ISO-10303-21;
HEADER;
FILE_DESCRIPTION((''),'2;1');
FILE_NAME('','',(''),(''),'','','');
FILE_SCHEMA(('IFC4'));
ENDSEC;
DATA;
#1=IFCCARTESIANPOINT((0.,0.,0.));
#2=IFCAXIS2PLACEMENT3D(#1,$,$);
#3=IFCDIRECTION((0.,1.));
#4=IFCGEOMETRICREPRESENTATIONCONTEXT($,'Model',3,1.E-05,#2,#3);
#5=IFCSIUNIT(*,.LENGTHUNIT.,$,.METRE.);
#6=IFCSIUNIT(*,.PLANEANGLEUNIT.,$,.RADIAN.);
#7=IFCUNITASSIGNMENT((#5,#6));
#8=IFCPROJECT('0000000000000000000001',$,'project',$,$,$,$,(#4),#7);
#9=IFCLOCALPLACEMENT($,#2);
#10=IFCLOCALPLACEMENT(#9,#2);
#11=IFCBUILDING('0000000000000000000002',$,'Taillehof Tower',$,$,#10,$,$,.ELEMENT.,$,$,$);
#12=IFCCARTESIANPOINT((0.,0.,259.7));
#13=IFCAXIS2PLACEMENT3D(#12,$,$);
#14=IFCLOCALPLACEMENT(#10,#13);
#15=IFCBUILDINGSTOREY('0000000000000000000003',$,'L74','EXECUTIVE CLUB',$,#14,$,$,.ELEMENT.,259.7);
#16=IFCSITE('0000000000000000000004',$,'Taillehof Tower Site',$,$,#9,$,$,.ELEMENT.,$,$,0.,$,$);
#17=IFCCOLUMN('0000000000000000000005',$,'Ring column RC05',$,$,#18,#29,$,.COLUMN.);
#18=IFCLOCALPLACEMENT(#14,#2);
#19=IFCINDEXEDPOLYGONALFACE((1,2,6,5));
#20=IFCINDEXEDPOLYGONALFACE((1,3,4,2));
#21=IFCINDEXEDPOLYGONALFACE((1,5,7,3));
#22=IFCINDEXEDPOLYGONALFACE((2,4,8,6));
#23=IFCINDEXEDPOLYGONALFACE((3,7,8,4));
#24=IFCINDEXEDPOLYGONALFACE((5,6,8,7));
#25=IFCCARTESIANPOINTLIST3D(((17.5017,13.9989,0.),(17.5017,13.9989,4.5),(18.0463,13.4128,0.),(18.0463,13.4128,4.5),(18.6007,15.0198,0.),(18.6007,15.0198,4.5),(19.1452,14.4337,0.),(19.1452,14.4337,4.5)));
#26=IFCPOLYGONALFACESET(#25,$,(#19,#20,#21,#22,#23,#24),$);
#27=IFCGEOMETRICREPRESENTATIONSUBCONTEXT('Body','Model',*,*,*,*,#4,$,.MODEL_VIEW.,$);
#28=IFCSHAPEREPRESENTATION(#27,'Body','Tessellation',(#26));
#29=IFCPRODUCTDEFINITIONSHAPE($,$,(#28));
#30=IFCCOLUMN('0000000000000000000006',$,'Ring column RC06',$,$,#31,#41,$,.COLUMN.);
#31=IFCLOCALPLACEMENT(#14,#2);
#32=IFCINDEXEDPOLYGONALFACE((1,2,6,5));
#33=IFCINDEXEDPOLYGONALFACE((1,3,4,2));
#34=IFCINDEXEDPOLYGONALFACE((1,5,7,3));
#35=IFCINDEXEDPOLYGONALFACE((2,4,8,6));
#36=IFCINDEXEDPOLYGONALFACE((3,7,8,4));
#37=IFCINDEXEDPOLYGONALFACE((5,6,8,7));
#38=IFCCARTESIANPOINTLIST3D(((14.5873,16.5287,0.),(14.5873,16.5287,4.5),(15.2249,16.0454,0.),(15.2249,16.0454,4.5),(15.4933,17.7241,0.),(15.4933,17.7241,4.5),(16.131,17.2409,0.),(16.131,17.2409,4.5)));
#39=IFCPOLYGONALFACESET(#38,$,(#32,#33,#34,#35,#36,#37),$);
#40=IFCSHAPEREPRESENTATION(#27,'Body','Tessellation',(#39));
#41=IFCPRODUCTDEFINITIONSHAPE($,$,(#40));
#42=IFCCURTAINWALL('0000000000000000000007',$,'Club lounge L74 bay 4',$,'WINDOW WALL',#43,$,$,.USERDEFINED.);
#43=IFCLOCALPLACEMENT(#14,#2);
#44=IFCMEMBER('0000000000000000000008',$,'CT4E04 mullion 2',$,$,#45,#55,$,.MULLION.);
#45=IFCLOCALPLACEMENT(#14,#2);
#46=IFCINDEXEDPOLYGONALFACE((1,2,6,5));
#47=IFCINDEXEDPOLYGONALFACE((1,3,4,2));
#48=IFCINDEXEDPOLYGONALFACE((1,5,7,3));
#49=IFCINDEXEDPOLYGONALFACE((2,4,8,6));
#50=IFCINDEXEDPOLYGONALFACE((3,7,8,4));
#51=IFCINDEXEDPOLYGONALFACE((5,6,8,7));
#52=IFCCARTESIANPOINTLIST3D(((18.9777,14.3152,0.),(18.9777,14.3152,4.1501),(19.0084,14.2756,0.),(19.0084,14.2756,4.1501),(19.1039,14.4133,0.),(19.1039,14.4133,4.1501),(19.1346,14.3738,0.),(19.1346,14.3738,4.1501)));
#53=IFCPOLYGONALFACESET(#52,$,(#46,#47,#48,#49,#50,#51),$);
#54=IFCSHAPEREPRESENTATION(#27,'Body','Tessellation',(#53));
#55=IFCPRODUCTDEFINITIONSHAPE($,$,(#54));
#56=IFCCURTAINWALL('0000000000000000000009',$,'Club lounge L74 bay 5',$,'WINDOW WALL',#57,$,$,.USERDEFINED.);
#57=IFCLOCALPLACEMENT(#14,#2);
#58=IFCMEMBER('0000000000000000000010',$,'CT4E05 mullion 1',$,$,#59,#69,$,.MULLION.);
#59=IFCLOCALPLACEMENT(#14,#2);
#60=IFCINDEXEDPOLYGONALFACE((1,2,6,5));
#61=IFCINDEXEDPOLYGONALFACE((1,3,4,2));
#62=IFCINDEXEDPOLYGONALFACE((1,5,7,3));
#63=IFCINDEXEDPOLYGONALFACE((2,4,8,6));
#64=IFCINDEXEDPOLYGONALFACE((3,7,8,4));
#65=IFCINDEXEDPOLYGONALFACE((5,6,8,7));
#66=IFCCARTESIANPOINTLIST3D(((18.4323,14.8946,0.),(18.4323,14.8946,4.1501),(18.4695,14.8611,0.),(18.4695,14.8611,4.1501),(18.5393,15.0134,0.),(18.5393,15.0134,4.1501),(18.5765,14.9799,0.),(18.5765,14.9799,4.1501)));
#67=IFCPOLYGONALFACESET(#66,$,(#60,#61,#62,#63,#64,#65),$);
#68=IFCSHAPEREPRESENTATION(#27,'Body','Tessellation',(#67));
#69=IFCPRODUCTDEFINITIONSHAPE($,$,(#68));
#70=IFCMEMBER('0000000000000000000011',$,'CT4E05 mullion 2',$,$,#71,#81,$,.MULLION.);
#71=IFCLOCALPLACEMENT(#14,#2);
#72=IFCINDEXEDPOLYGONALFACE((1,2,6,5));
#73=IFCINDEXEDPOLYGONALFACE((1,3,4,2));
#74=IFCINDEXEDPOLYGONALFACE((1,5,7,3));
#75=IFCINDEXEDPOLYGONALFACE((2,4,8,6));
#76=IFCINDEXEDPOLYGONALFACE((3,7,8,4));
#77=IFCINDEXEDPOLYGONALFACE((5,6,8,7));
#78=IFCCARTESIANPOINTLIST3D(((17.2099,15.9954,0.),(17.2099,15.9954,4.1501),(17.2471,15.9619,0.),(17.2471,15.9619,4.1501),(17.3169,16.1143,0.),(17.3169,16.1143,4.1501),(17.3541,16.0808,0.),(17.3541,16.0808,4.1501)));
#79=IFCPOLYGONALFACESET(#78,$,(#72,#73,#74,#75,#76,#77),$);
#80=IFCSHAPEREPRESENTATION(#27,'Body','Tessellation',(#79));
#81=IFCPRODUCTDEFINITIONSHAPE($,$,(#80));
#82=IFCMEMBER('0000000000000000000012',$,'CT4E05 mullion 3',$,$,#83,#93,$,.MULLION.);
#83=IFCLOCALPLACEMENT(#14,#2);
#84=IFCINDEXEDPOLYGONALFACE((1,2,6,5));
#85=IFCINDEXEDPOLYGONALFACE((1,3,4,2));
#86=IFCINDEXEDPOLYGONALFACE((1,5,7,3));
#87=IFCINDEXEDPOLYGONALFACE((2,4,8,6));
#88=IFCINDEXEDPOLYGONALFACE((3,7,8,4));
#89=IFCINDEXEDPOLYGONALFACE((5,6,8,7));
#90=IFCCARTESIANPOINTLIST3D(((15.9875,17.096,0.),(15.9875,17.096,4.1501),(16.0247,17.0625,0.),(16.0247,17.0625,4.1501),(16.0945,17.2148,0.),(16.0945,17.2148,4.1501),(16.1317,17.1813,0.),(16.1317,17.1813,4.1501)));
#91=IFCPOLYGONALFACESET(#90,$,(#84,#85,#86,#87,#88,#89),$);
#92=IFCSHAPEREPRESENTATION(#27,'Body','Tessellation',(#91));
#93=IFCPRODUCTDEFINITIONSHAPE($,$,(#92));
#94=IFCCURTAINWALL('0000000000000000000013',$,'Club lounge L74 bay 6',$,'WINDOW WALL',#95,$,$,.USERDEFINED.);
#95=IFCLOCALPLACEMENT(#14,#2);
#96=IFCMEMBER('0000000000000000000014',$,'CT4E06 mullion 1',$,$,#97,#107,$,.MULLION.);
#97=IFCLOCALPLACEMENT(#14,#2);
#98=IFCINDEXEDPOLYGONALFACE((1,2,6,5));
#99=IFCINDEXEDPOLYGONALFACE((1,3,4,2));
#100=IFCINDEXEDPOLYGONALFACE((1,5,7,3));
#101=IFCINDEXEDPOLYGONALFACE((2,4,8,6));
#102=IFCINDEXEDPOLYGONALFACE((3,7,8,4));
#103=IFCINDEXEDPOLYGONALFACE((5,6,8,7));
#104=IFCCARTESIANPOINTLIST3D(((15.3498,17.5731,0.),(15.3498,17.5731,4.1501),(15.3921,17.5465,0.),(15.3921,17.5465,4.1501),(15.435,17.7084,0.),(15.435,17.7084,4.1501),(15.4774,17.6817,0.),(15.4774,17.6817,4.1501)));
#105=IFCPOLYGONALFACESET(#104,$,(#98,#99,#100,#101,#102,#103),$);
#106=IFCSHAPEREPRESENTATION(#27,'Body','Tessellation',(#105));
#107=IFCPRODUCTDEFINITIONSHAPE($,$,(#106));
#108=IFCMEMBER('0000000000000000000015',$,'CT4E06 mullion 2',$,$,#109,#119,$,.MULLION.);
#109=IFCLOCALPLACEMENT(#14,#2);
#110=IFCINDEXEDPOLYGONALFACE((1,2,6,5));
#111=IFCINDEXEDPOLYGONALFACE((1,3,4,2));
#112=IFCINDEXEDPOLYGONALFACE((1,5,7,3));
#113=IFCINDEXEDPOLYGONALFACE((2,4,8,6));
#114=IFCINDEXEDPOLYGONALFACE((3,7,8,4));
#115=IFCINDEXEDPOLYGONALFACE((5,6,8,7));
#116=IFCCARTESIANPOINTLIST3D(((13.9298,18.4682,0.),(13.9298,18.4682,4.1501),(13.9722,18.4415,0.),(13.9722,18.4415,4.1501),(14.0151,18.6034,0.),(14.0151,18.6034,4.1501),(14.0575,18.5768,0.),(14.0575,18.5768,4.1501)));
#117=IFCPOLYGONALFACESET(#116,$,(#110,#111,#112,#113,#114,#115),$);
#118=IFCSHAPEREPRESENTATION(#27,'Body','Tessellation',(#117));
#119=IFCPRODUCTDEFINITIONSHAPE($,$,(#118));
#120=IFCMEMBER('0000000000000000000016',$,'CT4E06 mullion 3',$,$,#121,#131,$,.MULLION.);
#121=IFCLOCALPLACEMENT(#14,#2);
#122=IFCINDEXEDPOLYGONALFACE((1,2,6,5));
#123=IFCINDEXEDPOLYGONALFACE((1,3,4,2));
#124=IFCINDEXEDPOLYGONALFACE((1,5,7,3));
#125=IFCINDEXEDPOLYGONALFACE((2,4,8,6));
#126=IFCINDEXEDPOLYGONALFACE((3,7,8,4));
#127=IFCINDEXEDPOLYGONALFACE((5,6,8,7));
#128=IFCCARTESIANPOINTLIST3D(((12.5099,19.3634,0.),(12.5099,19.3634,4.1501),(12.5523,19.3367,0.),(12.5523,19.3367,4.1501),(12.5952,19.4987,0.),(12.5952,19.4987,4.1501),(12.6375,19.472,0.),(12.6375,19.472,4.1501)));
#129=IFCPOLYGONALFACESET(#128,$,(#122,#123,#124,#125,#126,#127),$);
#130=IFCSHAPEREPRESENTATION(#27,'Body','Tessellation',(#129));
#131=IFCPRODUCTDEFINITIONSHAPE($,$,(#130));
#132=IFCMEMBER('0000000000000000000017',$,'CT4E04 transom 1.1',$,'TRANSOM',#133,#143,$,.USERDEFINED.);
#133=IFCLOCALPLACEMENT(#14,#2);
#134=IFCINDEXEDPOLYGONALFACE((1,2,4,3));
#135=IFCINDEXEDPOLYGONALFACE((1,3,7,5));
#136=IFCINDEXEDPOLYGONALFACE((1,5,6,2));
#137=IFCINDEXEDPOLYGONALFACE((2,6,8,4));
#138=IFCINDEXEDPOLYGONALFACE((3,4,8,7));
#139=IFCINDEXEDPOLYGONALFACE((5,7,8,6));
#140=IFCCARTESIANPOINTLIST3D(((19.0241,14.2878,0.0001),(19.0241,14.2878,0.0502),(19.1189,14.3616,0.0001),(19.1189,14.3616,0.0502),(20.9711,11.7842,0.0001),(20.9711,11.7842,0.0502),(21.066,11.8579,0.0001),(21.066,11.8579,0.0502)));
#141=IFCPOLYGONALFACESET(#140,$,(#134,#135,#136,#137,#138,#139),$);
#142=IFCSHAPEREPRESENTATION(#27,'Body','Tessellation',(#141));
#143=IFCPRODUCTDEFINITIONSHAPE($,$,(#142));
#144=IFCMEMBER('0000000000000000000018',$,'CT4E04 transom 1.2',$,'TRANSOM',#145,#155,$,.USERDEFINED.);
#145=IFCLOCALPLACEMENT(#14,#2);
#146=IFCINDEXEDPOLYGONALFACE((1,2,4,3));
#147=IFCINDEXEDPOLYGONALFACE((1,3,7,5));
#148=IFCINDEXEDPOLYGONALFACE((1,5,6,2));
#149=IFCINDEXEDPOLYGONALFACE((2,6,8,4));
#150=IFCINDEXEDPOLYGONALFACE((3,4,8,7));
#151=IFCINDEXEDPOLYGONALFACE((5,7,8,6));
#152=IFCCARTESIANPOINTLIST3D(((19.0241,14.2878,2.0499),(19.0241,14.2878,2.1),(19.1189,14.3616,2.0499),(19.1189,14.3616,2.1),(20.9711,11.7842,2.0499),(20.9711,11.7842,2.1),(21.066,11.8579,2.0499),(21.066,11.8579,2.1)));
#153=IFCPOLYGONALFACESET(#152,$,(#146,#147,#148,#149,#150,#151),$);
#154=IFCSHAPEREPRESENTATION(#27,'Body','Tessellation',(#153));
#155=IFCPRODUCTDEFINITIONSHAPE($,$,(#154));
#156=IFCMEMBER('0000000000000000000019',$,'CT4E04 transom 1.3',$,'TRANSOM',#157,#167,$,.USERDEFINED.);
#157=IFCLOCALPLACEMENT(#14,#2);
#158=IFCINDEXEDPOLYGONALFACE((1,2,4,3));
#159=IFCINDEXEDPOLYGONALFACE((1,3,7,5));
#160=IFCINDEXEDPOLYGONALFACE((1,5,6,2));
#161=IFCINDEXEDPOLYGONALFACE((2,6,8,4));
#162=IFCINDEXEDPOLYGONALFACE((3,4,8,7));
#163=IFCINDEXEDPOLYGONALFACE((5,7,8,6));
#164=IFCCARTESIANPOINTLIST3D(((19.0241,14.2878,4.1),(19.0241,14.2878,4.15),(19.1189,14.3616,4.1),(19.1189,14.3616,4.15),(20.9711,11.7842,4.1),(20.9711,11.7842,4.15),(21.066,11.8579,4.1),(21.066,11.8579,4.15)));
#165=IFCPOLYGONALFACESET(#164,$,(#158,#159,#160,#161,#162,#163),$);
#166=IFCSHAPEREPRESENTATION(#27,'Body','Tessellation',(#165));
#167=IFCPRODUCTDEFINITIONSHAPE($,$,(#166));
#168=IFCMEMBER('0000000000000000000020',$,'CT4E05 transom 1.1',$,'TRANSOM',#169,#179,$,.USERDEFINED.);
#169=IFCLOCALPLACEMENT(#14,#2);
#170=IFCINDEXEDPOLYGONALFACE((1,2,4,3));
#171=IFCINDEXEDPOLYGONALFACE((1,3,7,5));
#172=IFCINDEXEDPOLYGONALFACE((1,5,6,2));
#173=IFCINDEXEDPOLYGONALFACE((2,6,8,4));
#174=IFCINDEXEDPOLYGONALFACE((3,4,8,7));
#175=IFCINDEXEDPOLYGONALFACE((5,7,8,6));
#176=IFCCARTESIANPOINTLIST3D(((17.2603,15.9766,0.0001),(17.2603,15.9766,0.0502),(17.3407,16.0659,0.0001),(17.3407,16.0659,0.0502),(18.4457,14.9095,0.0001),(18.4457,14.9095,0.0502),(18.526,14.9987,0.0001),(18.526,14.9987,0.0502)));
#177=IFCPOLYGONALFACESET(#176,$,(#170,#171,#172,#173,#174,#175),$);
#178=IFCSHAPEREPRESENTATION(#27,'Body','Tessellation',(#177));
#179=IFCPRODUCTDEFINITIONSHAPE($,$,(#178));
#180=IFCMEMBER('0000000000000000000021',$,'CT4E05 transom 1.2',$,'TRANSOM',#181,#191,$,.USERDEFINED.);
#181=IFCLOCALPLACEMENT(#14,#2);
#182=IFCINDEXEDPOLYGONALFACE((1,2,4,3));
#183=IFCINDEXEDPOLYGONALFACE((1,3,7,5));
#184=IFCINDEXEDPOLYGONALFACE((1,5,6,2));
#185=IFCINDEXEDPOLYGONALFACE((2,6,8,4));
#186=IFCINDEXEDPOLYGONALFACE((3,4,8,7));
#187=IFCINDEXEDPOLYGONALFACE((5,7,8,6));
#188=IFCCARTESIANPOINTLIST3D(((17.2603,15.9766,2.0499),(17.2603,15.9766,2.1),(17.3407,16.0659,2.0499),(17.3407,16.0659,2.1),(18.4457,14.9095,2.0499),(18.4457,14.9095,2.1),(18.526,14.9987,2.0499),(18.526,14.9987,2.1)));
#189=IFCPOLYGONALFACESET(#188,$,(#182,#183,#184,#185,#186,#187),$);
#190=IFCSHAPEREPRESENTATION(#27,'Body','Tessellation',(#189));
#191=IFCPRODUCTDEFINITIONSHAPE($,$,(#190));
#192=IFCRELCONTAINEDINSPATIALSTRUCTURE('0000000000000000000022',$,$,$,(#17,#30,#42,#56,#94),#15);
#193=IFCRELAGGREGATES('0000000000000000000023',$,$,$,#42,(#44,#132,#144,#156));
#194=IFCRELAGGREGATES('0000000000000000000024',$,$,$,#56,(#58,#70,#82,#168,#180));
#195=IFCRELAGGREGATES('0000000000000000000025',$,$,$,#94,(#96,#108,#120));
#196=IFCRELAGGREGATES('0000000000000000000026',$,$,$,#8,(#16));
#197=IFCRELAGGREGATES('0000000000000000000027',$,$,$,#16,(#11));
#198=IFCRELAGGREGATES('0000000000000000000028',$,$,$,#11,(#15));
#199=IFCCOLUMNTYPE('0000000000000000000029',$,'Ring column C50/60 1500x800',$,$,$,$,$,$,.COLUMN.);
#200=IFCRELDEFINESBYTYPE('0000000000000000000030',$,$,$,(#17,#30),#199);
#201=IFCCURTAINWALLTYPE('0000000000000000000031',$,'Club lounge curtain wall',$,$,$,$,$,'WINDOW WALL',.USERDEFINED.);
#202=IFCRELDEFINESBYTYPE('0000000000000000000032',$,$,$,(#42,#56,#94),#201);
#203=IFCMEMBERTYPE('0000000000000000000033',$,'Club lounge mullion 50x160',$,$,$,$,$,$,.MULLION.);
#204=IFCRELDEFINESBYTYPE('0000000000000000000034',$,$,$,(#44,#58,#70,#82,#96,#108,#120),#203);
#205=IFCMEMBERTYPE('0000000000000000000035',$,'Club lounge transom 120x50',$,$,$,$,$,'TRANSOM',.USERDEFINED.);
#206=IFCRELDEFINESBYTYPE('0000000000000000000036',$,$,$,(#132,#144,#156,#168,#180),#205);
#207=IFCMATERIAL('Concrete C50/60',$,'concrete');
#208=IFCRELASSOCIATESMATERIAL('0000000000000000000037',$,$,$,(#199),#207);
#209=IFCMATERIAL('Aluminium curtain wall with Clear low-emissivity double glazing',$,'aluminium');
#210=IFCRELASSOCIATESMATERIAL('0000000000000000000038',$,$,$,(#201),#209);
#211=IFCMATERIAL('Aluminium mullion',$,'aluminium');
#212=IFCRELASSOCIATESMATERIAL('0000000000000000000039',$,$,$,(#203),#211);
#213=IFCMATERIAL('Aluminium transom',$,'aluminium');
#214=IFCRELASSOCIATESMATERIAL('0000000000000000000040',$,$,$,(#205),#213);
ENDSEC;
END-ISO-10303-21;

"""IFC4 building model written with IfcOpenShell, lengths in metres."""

from ifc_helpers import new_model, si_unit, direction, frame, origin, origin_2d, place, context, subcontext, project, spatial, rectangle, extrude, material, material_profile, profile_set, type_object, element, aggregate, save


model = new_model("IFC4")

# Units and contexts
model_context = context("Model", 3, precision=1e-05, world=origin(), true_north=direction((0.0, 1.0)))
body_context = subcontext(model_context, "Body", "Model", "MODEL_VIEW")
ifc_project = project(units=[si_unit("LENGTHUNIT", "METRE"), si_unit("PLANEANGLEUNIT", "RADIAN")], contexts=[model_context])

# Site, building, storey
site_placement = place(None, origin())
site = spatial("IfcSite", under=ifc_project, at=site_placement, Name="Taillehof Tower Site", CompositionType="ELEMENT", RefElevation=0.0)
building_placement = place(site_placement, origin())
building = spatial("IfcBuilding", under=site, at=building_placement, Name="Taillehof Tower", CompositionType="ELEMENT")
storey_placement = place(building_placement, frame((0.0, 0.0, 259.7)))
storey = spatial("IfcBuildingStorey", under=building, at=storey_placement, Name="L74", Description="EXECUTIVE CLUB", CompositionType="ELEMENT", Elevation=259.7)

# Columns
ifc_material_1 = material(Name="Concrete C50/60", Category="concrete")
ifc_material_profile_1 = material_profile(ifc_material_1, rectangle(XDim=1.5, YDim=0.8, at=origin_2d()), Name="RC 1500x800")
ifc_profile_set_1 = profile_set([ifc_material_profile_1], Name="Concrete C50/60")
column_type = type_object("IfcColumnType", Name="Ring column C50/60 1500x800", PredefinedType="COLUMN", material=ifc_profile_set_1)
for number, where, z_axis, x_axis, name in (
    (1, (18.3235, 14.2163, 0.0), (0.0, 0.0, 1.0), (0.732636, 0.680621, 0.0), "Ring column RC05"),
    (2, (15.3591, 16.8848, 0.0), (0.0, 0.0, 1.0), (0.60402, 0.796969, 0.0), "Ring column RC06"),
):
    element("IfcColumn", number, at=place(storey_placement, frame(where, z_axis=z_axis, x_axis=x_axis)), inside=storey, type_object=column_type, Name=name, PredefinedType="COLUMN", context=body_context, shape_type="SweptSolid", body=[
        extrude(rectangle(XDim=1.5, YDim=0.8, at=origin_2d()), origin(), (0.0, 0.0, 1.0), 4.5),
    ])

# Curtain wall, member
ifc_material_2 = material(Name="Aluminium curtain wall with Clear low-emissivity double glazing", Category="aluminium")
curtain_wall_type = type_object("IfcCurtainWallType", Name="Club lounge curtain wall", ElementType="WINDOW WALL", PredefinedType="USERDEFINED", material=ifc_material_2)
curtain_wall_1_placement = place(storey_placement, origin())
curtain_wall_1 = element("IfcCurtainWall", 3, at=curtain_wall_1_placement, inside=storey, type_object=curtain_wall_type, Name="Club lounge L74 bay 4", ObjectType="WINDOW WALL", PredefinedType="USERDEFINED")
ifc_material_3 = material(Name="Aluminium mullion", Category="aluminium")
ifc_material_profile_2 = material_profile(ifc_material_3, rectangle(XDim=0.1599, YDim=0.05, at=origin_2d()), Name="AL 50x160")
ifc_profile_set_2 = profile_set([ifc_material_profile_2], Name="Aluminium mullion")
member_type_1 = type_object("IfcMemberType", Name="Club lounge mullion 50x160", PredefinedType="MULLION", material=ifc_profile_set_2)
member_1_placement = place(storey_placement, frame((19.0562, 14.3445, 0.0), z_axis=(0.0, 0.0, 1.0), x_axis=(-0.789382, -0.613903, 0.0)))
member_1 = element("IfcMember", 4, at=member_1_placement, type_object=member_type_1, Name="CT4E04 mullion 2", PredefinedType="MULLION", context=body_context, shape_type="SweptSolid", body=[
    extrude(rectangle(XDim=0.1599, YDim=0.05, at=origin_2d()), origin(), (0.0, 0.0, 1.0), 4.1501),
])

# Curtain walls, members
curtain_wall_2_placement = place(storey_placement, origin())
curtain_wall_2 = element("IfcCurtainWall", 5, at=curtain_wall_2_placement, inside=storey, type_object=curtain_wall_type, Name="Club lounge L74 bay 5", ObjectType="WINDOW WALL", PredefinedType="USERDEFINED")
member_2_placement = place(storey_placement, frame((18.5044, 14.9373, 0.0), z_axis=(0.0, 0.0, 1.0), x_axis=(-0.669107, -0.743166, 0.0)))
member_2 = element("IfcMember", 6, at=member_2_placement, type_object=member_type_1, Name="CT4E05 mullion 1", PredefinedType="MULLION", context=body_context, shape_type="SweptSolid", body=[
    extrude(rectangle(XDim=0.1599, YDim=0.05, at=origin_2d()), origin(), (0.0, 0.0, 1.0), 4.1501),
])
member_3_placement = place(storey_placement, frame((17.282, 16.0381, 0.0), z_axis=(0.0, 0.0, 1.0), x_axis=(-0.669107, -0.743166, 0.0)))
member_3 = element("IfcMember", 7, at=member_3_placement, type_object=member_type_1, Name="CT4E05 mullion 2", PredefinedType="MULLION", context=body_context, shape_type="SweptSolid", body=[
    extrude(rectangle(XDim=0.1599, YDim=0.05, at=origin_2d()), origin(), (0.0, 0.0, 1.0), 4.1501),
])
member_4_placement = place(storey_placement, frame((16.0596, 17.1387, 0.0), z_axis=(0.0, 0.0, 1.0), x_axis=(-0.669107, -0.743166, 0.0)))
member_4 = element("IfcMember", 8, at=member_4_placement, type_object=member_type_1, Name="CT4E05 mullion 3", PredefinedType="MULLION", context=body_context, shape_type="SweptSolid", body=[
    extrude(rectangle(XDim=0.1599, YDim=0.05, at=origin_2d()), origin(), (0.0, 0.0, 1.0), 4.1501),
])
curtain_wall_3_placement = place(storey_placement, origin())
curtain_wall_3 = element("IfcCurtainWall", 9, at=curtain_wall_3_placement, inside=storey, type_object=curtain_wall_type, Name="Club lounge L74 bay 6", ObjectType="WINDOW WALL", PredefinedType="USERDEFINED")
member_5_placement = place(storey_placement, frame((15.4136, 17.6274, 0.0), z_axis=(0.0, 0.0, 1.0), x_axis=(-0.533294, -0.84593, 0.0)))
member_5 = element("IfcMember", 10, at=member_5_placement, type_object=member_type_1, Name="CT4E06 mullion 1", PredefinedType="MULLION", context=body_context, shape_type="SweptSolid", body=[
    extrude(rectangle(XDim=0.1599, YDim=0.05, at=origin_2d()), origin(), (0.0, 0.0, 1.0), 4.1501),
])
member_6_placement = place(storey_placement, frame((13.9937, 18.5225, 0.0), z_axis=(0.0, 0.0, 1.0), x_axis=(-0.533294, -0.84593, 0.0)))
member_6 = element("IfcMember", 11, at=member_6_placement, type_object=member_type_1, Name="CT4E06 mullion 2", PredefinedType="MULLION", context=body_context, shape_type="SweptSolid", body=[
    extrude(rectangle(XDim=0.1599, YDim=0.05, at=origin_2d()), origin(), (0.0, 0.0, 1.0), 4.1501),
])
member_7_placement = place(storey_placement, frame((12.5737, 19.4177, 0.0), z_axis=(0.0, 0.0, 1.0), x_axis=(-0.533294, -0.84593, 0.0)))
member_7 = element("IfcMember", 12, at=member_7_placement, type_object=member_type_1, Name="CT4E06 mullion 3", PredefinedType="MULLION", context=body_context, shape_type="SweptSolid", body=[
    extrude(rectangle(XDim=0.1599, YDim=0.05, at=origin_2d()), origin(), (0.0, 0.0, 1.0), 4.1501),
])

# Members
ifc_material_4 = material(Name="Aluminium transom", Category="aluminium")
ifc_material_profile_3 = material_profile(ifc_material_4, rectangle(XDim=0.1201, YDim=0.05, at=origin_2d()), Name="AL 120x50")
ifc_profile_set_3 = profile_set([ifc_material_profile_3], Name="Aluminium transom")
member_type_2 = type_object("IfcMemberType", Name="Club lounge transom 120x50", ElementType="TRANSOM", PredefinedType="USERDEFINED", material=ifc_profile_set_3)
member_8_placement = place(storey_placement, frame((21.0186, 11.821, 0.0251), z_axis=(-0.613887, 0.789394, 0.0), x_axis=(-0.789394, -0.613887, 0.0)))
member_8 = element("IfcMember", 13, at=member_8_placement, type_object=member_type_2, Name="CT4E04 transom 1.1", ObjectType="TRANSOM", PredefinedType="USERDEFINED", context=body_context, shape_type="SweptSolid", body=[
    extrude(rectangle(XDim=0.1201, YDim=0.05, at=origin_2d()), origin(), (0.0, 0.0, 1.0), 3.1716),
])
member_9_placement = place(storey_placement, frame((21.0186, 11.821, 2.075), z_axis=(-0.613887, 0.789394, 0.0), x_axis=(-0.789394, -0.613887, 0.0)))
member_9 = element("IfcMember", 14, at=member_9_placement, type_object=member_type_2, Name="CT4E04 transom 1.2", ObjectType="TRANSOM", PredefinedType="USERDEFINED", context=body_context, shape_type="SweptSolid", body=[
    extrude(rectangle(XDim=0.1201, YDim=0.05, at=origin_2d()), origin(), (0.0, 0.0, 1.0), 3.1716),
])
member_10_placement = place(storey_placement, frame((21.0186, 11.821, 4.125), z_axis=(-0.613887, 0.789394, 0.0), x_axis=(-0.789394, -0.613887, 0.0)))
member_10 = element("IfcMember", 15, at=member_10_placement, type_object=member_type_2, Name="CT4E04 transom 1.3", ObjectType="TRANSOM", PredefinedType="USERDEFINED", context=body_context, shape_type="SweptSolid", body=[
    extrude(rectangle(XDim=0.1201, YDim=0.05, at=origin_2d()), origin(), (0.0, 0.0, 1.0), 3.1716),
])
member_11_placement = place(storey_placement, frame((18.4858, 14.9541, 0.0251), z_axis=(-0.74318, 0.669092, 0.0), x_axis=(-0.669092, -0.74318, 0.0)))
member_11 = element("IfcMember", 16, at=member_11_placement, type_object=member_type_2, Name="CT4E05 transom 1.1", ObjectType="TRANSOM", PredefinedType="USERDEFINED", context=body_context, shape_type="SweptSolid", body=[
    extrude(rectangle(XDim=0.1201, YDim=0.05, at=origin_2d()), origin(), (0.0, 0.0, 1.0), 1.595),
])
member_12_placement = place(storey_placement, frame((18.4858, 14.9541, 2.075), z_axis=(-0.74318, 0.669092, 0.0), x_axis=(-0.669092, -0.74318, 0.0)))
member_12 = element("IfcMember", 17, at=member_12_placement, type_object=member_type_2, Name="CT4E05 transom 1.2", ObjectType="TRANSOM", PredefinedType="USERDEFINED", context=body_context, shape_type="SweptSolid", body=[
    extrude(rectangle(XDim=0.1201, YDim=0.05, at=origin_2d()), origin(), (0.0, 0.0, 1.0), 1.595),
])

aggregate(curtain_wall_1, [member_1, member_8, member_9, member_10])
aggregate(curtain_wall_2, [member_2, member_3, member_4, member_11, member_12])
aggregate(curtain_wall_3, [member_5, member_6, member_7])

save(model, "model.ifc")
